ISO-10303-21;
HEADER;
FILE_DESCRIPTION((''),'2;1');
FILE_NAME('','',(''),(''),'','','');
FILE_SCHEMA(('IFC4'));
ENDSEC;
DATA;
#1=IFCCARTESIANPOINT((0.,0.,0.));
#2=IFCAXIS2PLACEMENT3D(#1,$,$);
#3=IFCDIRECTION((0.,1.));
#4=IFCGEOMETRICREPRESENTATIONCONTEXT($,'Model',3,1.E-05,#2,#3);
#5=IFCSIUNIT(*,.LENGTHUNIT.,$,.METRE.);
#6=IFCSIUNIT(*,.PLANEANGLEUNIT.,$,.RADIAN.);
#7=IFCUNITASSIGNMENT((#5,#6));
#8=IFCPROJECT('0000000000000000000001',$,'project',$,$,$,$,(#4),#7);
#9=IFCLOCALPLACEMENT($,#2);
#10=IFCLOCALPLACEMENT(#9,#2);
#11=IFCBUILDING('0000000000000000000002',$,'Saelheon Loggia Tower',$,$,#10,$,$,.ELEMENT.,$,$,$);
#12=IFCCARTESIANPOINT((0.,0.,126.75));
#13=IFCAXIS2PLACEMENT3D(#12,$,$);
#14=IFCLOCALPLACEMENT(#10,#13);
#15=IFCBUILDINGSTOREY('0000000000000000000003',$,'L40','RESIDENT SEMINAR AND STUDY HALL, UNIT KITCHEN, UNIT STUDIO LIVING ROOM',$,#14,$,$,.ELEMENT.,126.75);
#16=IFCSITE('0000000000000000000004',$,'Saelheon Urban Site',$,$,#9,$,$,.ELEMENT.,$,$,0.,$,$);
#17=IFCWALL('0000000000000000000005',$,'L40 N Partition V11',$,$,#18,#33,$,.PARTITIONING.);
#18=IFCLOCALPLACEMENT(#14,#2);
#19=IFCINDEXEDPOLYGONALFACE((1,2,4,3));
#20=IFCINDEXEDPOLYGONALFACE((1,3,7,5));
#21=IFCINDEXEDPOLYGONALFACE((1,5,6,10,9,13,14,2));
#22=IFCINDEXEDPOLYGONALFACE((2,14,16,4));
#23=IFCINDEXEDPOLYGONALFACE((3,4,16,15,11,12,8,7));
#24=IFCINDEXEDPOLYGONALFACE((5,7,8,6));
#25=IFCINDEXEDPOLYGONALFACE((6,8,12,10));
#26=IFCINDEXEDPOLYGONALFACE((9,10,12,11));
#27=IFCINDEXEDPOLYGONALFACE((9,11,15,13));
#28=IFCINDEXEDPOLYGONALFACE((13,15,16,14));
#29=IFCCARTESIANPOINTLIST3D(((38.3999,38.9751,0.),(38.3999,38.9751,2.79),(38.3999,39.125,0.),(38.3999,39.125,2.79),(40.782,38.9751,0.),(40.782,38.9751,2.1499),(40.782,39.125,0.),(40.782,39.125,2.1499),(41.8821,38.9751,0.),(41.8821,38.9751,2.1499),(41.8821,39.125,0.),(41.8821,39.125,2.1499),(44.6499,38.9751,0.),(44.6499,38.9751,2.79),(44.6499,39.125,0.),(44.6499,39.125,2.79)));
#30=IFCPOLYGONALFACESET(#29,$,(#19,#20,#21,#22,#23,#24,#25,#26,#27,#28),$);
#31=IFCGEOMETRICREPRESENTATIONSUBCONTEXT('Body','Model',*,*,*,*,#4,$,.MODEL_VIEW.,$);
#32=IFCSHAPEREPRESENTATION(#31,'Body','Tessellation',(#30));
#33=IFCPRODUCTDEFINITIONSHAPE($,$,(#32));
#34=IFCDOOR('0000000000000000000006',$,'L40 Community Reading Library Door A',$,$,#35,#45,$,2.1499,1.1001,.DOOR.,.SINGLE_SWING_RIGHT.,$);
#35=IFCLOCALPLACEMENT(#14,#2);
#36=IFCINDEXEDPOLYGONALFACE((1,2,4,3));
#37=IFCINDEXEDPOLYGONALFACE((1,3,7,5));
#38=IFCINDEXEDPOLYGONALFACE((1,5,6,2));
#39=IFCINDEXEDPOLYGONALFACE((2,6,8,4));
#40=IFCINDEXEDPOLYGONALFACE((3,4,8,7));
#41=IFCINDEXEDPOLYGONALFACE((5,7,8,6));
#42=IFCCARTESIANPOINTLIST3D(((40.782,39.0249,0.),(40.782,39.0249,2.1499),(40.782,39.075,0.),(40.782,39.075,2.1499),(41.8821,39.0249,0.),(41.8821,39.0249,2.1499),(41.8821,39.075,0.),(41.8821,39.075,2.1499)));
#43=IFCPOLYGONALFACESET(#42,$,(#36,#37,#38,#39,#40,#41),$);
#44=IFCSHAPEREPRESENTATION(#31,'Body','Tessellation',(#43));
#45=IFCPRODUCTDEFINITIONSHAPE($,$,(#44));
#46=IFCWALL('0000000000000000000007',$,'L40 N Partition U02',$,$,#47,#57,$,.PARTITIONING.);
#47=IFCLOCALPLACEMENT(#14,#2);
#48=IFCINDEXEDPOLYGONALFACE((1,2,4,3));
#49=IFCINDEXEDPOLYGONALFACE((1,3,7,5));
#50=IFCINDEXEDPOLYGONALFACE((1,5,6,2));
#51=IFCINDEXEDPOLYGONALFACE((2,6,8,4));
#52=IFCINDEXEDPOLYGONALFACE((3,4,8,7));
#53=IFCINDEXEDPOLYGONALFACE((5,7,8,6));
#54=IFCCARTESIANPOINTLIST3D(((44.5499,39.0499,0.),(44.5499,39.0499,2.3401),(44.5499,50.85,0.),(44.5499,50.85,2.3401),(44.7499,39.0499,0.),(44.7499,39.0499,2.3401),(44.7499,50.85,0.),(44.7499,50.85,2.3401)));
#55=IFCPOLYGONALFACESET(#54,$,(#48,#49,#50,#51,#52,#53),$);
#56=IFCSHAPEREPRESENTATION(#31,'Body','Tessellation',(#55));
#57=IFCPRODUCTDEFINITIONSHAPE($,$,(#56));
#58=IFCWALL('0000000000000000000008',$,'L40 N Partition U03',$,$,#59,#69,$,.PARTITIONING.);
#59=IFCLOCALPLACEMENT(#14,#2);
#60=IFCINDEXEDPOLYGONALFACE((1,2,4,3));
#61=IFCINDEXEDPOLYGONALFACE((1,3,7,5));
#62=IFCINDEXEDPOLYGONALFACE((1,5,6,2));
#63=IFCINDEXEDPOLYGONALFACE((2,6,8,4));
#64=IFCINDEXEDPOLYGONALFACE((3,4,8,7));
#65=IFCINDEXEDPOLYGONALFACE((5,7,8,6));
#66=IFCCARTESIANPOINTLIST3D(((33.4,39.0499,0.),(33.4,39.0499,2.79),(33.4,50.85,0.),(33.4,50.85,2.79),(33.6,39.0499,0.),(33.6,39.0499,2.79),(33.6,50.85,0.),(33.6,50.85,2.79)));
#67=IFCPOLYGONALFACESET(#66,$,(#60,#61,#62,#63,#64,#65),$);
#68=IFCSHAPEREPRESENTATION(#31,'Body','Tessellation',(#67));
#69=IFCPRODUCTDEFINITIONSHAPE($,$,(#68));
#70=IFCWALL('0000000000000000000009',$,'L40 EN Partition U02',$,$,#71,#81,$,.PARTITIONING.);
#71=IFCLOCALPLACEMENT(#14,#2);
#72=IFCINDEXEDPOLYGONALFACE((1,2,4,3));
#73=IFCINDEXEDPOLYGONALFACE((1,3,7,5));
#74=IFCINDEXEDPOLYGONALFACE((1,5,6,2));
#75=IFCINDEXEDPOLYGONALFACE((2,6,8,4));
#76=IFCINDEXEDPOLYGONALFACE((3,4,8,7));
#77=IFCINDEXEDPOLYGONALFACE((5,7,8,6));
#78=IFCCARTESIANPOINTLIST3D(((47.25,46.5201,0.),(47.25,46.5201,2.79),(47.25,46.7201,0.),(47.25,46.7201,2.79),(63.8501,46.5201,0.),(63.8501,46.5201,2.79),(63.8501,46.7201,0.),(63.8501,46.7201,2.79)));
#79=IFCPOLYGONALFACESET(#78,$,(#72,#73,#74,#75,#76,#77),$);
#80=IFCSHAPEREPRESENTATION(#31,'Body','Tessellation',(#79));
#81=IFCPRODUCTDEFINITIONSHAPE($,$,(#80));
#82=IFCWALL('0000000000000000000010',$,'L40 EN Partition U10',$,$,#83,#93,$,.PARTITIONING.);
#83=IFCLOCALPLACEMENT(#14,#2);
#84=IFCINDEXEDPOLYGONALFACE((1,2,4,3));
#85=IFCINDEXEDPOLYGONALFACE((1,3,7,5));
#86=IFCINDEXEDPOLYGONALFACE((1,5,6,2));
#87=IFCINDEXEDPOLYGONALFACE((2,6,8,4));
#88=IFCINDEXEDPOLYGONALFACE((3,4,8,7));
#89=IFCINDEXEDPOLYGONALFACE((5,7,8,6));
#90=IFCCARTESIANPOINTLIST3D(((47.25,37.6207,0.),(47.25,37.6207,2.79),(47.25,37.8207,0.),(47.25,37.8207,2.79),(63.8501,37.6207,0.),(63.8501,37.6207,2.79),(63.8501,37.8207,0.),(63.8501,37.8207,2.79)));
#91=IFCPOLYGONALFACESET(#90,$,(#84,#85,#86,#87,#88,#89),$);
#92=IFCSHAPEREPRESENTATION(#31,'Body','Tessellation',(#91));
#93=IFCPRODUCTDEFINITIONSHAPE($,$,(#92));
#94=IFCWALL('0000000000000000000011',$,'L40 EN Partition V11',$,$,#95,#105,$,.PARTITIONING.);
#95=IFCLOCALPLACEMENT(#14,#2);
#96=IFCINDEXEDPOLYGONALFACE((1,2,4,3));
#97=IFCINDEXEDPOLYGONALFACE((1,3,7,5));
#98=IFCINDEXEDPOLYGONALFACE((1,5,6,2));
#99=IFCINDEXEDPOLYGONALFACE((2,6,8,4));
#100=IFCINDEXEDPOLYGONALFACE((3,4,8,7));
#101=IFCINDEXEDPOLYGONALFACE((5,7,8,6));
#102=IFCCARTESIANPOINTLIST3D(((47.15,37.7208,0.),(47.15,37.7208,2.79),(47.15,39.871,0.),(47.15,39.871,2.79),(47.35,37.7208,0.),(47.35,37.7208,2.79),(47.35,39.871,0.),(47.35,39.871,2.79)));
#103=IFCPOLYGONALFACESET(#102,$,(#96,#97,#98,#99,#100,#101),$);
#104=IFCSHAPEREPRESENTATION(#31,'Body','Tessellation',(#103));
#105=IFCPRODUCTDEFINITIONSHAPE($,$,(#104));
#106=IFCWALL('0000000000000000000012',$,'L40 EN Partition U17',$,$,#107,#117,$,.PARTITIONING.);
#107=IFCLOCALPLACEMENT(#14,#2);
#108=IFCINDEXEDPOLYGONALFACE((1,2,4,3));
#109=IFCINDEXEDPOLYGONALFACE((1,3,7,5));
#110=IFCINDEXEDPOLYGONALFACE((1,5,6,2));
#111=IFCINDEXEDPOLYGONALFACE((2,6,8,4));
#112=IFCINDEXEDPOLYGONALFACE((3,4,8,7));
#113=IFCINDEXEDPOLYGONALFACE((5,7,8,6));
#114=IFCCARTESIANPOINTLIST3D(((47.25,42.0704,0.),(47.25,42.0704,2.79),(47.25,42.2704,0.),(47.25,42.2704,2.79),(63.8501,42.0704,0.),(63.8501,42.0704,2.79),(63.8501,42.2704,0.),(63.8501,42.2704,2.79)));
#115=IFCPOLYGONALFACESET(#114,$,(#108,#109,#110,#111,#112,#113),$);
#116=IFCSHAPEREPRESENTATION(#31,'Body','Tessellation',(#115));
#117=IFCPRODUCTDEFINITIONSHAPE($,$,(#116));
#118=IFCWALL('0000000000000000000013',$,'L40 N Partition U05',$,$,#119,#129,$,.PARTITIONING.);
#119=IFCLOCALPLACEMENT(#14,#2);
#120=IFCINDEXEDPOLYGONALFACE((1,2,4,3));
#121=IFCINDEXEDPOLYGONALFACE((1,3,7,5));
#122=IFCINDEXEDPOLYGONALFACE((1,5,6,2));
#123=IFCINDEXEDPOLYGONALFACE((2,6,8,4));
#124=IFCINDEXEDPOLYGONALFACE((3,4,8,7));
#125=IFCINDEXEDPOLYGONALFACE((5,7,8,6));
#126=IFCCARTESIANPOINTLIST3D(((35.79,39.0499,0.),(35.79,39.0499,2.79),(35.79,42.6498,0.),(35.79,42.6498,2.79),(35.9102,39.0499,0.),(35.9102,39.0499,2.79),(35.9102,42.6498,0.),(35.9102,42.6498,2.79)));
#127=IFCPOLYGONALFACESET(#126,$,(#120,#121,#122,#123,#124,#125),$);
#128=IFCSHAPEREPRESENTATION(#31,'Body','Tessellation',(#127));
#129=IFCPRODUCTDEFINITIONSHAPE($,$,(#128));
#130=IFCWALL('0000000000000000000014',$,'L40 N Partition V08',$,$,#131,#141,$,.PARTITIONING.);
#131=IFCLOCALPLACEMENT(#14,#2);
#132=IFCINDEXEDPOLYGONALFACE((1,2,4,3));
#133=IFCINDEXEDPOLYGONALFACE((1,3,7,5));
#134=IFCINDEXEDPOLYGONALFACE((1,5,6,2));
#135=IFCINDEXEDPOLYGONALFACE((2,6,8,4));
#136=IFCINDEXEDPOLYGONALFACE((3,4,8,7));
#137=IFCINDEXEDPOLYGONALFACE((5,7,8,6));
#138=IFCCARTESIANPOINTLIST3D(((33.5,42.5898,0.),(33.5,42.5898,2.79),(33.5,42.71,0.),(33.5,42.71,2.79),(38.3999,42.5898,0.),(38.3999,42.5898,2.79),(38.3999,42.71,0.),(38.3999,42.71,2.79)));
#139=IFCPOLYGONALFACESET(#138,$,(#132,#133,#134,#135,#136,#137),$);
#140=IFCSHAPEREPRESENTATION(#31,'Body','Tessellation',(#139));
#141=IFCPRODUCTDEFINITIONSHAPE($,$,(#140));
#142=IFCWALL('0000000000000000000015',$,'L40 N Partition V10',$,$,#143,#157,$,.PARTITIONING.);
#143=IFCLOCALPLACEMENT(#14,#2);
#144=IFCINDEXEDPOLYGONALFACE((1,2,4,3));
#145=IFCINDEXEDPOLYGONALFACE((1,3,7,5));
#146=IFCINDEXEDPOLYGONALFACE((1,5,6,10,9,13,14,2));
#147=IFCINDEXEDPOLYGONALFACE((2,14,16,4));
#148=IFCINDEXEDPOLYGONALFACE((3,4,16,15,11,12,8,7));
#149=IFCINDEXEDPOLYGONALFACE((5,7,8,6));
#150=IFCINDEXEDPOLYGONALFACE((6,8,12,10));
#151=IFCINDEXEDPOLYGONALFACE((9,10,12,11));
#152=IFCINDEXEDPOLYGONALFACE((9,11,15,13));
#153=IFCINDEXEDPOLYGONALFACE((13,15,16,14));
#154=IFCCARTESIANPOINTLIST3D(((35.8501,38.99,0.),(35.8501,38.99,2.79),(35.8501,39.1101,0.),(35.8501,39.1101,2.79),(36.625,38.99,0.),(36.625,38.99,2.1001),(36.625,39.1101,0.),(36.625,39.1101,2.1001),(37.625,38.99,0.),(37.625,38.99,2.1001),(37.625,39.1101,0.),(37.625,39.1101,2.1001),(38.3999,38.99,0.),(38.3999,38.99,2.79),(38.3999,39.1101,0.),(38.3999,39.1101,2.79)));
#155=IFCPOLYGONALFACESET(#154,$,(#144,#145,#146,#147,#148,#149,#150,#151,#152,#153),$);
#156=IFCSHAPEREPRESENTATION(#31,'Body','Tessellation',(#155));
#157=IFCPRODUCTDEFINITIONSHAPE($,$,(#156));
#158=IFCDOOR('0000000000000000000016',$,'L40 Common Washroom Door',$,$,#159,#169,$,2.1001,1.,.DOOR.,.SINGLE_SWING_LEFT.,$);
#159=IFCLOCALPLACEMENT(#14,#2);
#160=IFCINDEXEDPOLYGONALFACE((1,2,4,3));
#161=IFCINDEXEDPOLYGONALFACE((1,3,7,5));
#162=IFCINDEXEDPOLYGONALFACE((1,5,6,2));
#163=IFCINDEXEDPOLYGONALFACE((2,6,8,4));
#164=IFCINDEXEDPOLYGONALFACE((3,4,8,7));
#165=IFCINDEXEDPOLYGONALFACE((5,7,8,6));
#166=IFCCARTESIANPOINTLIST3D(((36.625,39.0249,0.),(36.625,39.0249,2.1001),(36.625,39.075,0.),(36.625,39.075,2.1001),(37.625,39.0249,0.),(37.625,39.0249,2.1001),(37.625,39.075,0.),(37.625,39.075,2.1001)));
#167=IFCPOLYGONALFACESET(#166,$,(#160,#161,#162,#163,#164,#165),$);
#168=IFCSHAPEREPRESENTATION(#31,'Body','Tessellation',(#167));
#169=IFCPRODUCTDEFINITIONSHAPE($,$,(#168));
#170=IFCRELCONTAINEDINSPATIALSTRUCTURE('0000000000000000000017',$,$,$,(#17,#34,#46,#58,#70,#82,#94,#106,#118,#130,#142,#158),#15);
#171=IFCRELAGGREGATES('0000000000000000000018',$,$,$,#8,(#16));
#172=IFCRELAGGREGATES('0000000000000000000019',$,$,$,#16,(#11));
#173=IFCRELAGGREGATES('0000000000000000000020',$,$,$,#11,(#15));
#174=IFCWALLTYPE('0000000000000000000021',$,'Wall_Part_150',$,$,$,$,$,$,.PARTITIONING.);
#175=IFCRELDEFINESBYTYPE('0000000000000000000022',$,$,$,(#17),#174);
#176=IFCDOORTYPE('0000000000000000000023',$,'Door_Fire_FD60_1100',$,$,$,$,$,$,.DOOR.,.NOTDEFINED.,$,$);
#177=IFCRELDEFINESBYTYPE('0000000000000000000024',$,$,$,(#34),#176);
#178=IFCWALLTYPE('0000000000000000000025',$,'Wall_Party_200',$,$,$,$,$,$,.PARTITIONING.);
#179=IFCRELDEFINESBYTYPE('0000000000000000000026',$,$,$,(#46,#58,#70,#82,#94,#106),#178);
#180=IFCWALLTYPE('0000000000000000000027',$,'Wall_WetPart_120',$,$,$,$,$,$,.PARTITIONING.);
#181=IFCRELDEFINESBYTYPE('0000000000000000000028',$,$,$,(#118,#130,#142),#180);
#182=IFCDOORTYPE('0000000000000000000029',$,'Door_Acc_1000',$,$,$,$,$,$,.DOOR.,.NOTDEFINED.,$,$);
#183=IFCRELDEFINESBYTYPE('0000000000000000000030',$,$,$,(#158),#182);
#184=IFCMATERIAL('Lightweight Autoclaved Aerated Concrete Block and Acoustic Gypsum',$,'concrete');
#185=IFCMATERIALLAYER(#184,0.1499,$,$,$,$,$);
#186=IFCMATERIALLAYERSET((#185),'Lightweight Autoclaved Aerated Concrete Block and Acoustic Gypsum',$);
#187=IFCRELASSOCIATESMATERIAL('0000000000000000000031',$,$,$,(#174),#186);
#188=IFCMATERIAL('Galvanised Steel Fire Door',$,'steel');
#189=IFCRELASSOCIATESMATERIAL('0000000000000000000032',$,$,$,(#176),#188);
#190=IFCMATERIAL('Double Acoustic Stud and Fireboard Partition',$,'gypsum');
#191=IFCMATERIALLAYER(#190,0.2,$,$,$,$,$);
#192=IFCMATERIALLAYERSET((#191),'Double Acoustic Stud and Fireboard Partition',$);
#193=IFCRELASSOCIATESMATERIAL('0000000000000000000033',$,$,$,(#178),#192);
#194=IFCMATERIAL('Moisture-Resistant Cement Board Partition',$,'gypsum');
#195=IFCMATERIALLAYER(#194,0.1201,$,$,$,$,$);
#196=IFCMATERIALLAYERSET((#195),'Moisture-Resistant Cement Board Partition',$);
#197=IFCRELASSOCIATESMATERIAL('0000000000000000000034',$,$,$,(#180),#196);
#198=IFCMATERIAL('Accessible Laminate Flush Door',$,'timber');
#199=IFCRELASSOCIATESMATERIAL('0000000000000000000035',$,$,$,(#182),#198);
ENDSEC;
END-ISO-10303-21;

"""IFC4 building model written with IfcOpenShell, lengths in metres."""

from ifc_helpers import new_model, si_unit, direction, frame, frame_2d, origin, place, context, subcontext, project, spatial, rectangle, extrude, source, transform, mapped, material, layer, layer_set, type_object, element, fill, save


model = new_model("IFC4")

# Units and contexts
model_context = context("Model", 3, precision=1e-05, world=origin(), true_north=direction((0.0, 1.0)))
body_context = subcontext(model_context, "Body", "Model", "MODEL_VIEW")
ifc_project = project(units=[si_unit("LENGTHUNIT", "METRE"), si_unit("PLANEANGLEUNIT", "RADIAN")], contexts=[model_context])

# Site, building, storey
site_placement = place(None, origin())
site = spatial("IfcSite", under=ifc_project, at=site_placement, Name="Saelheon Urban Site", CompositionType="ELEMENT", RefElevation=0.0)
building_placement = place(site_placement, origin())
building = spatial("IfcBuilding", under=site, at=building_placement, Name="Saelheon Loggia Tower", CompositionType="ELEMENT")
storey_placement = place(building_placement, frame((0.0, 0.0, 126.75)))
storey = spatial("IfcBuildingStorey", under=building, at=storey_placement, Name="L40", Description="RESIDENT SEMINAR AND STUDY HALL, UNIT KITCHEN, UNIT STUDIO LIVING ROOM", CompositionType="ELEMENT", Elevation=126.75)

# Shared definitions
ifc_material_1 = material(Name="Lightweight Autoclaved Aerated Concrete Block and Acoustic Gypsum", Category="concrete")
ifc_layer_1 = layer(ifc_material_1, 0.1499)
ifc_layer_set_1 = layer_set([ifc_layer_1], Name="Lightweight Autoclaved Aerated Concrete Block and Acoustic Gypsum")
wall_type_1 = type_object("IfcWallType", Name="Wall_Part_150", PredefinedType="PARTITIONING", material=ifc_layer_set_1)

# Wall, opening, door
wall_1_placement = place(storey_placement, frame((38.3999, 39.05, 0.0), z_axis=(0.0, 0.0, 1.0), x_axis=(1.0, 0.0, 0.0)))
wall_1 = element("IfcWall", 1, at=wall_1_placement, inside=storey, type_object=wall_type_1, Name="L40 N Partition V11", PredefinedType="PARTITIONING", context=body_context, shape_type="SweptSolid", body=[
    extrude(rectangle(XDim=6.25, YDim=0.1499, at=frame_2d((3.125, 0.0))), origin(), (0.0, 0.0, 1.0), 2.79),
])
opening_1_placement = place(wall_1_placement, frame((2.3821, 0.0, 0.0)))
opening_1 = element("IfcOpeningElement", 2, at=opening_1_placement, cuts=wall_1, PredefinedType="OPENING", context=body_context, shape_type="SweptSolid", body=[
    extrude(rectangle(XDim=1.1001, YDim=2.1499, at=frame_2d((0.55, 1.075))), frame((0.0, 0.0869, 0.0), z_axis=(0.0, -1.0, 0.0), x_axis=(1.0, 0.0, 0.0)), (0.0, 0.0, 1.0), 0.1738),
])
ifc_material_2 = material(Name="Galvanised Steel Fire Door", Category="steel")
door_type_1 = type_object("IfcDoorType", Name="Door_Fire_FD60_1100", OperationType="NOTDEFINED", PredefinedType="DOOR", material=ifc_material_2)
shared_shape_1 = source(origin(), body_context, "Body", "SweptSolid", [
    extrude(rectangle(XDim=1.1001, YDim=2.1499, at=frame_2d((0.55, 1.075))), frame((0.0, 0.0249, 0.0), z_axis=(0.0, -1.0, 0.0), x_axis=(1.0, 0.0, 0.0)), (0.0, 0.0, 1.0), 0.05),
])
door_1_placement = place(opening_1_placement, origin())
door_1 = element("IfcDoor", 3, at=door_1_placement, inside=storey, type_object=door_type_1, Name="L40 Community Reading Library Door A", OperationType="SINGLE_SWING_RIGHT", OverallHeight=2.1499, OverallWidth=1.1001, PredefinedType="DOOR", context=body_context, shape_type="MappedRepresentation", body=[
    mapped(shared_shape_1, transform((0.0, 0.0, 0.0), scale=1.0)),
])
fill(opening_1, door_1)

# Walls
ifc_material_3 = material(Name="Double Acoustic Stud and Fireboard Partition", Category="gypsum")
ifc_layer_2 = layer(ifc_material_3, 0.2)
ifc_layer_set_2 = layer_set([ifc_layer_2], Name="Double Acoustic Stud and Fireboard Partition")
wall_type_2 = type_object("IfcWallType", Name="Wall_Party_200", PredefinedType="PARTITIONING", material=ifc_layer_set_2)
wall_2_placement = place(storey_placement, frame((44.6499, 39.05, 0.0), z_axis=(0.0, 0.0, 1.0), x_axis=(0.0, 1.0, 0.0)))
element("IfcWall", 4, at=wall_2_placement, inside=storey, type_object=wall_type_2, Name="L40 N Partition U02", PredefinedType="PARTITIONING", context=body_context, shape_type="SweptSolid", body=[
    extrude(rectangle(XDim=11.8, YDim=0.2, at=frame_2d((5.8999, 0.0))), origin(), (0.0, 0.0, 1.0), 2.3401),
])
wall_3_placement = place(storey_placement, frame((33.5, 39.05, 0.0), z_axis=(0.0, 0.0, 1.0), x_axis=(0.0, 1.0, 0.0)))
element("IfcWall", 5, at=wall_3_placement, inside=storey, type_object=wall_type_2, Name="L40 N Partition U03", PredefinedType="PARTITIONING", context=body_context, shape_type="SweptSolid", body=[
    extrude(rectangle(XDim=11.8, YDim=0.2, at=frame_2d((5.8999, 0.0))), origin(), (0.0, 0.0, 1.0), 2.79),
])
for number, where, z_axis, x_axis, name in (
    (6, (47.25, 46.6201, 0.0), (0.0, 0.0, 1.0), (1.0, 0.0, 0.0), "L40 EN Partition U02"),
    (7, (47.25, 37.7207, 0.0), (0.0, 0.0, 1.0), (1.0, 0.0, 0.0), "L40 EN Partition U10"),
):
    element("IfcWall", number, at=place(storey_placement, frame(where, z_axis=z_axis, x_axis=x_axis)), inside=storey, type_object=wall_type_2, Name=name, PredefinedType="PARTITIONING", context=body_context, shape_type="SweptSolid", body=[
        extrude(rectangle(XDim=16.6001, YDim=0.2, at=frame_2d((8.3, 0.0))), origin(), (0.0, 0.0, 1.0), 2.79),
    ])
wall_4_placement = place(storey_placement, frame((47.25, 37.7207, 0.0), z_axis=(0.0, 0.0, 1.0), x_axis=(0.0, 1.0, 0.0)))
element("IfcWall", 8, at=wall_4_placement, inside=storey, type_object=wall_type_2, Name="L40 EN Partition V11", PredefinedType="PARTITIONING", context=body_context, shape_type="SweptSolid", body=[
    extrude(rectangle(XDim=2.1501, YDim=0.2, at=frame_2d((1.0752, 0.0))), origin(), (0.0, 0.0, 1.0), 2.79),
])

# Walls
wall_5_placement = place(storey_placement, frame((47.25, 42.1704, 0.0), z_axis=(0.0, 0.0, 1.0), x_axis=(1.0, 0.0, 0.0)))
element("IfcWall", 9, at=wall_5_placement, inside=storey, type_object=wall_type_2, Name="L40 EN Partition U17", PredefinedType="PARTITIONING", context=body_context, shape_type="SweptSolid", body=[
    extrude(rectangle(XDim=16.6001, YDim=0.2, at=frame_2d((8.3, 0.0))), origin(), (0.0, 0.0, 1.0), 2.79),
])
ifc_material_4 = material(Name="Moisture-Resistant Cement Board Partition", Category="gypsum")
ifc_layer_3 = layer(ifc_material_4, 0.1201)
ifc_layer_set_3 = layer_set([ifc_layer_3], Name="Moisture-Resistant Cement Board Partition")
wall_type_3 = type_object("IfcWallType", Name="Wall_WetPart_120", PredefinedType="PARTITIONING", material=ifc_layer_set_3)
wall_6_placement = place(storey_placement, frame((35.8501, 39.05, 0.0), z_axis=(0.0, 0.0, 1.0), x_axis=(0.0, 1.0, 0.0)))
element("IfcWall", 10, at=wall_6_placement, inside=storey, type_object=wall_type_3, Name="L40 N Partition U05", PredefinedType="PARTITIONING", context=body_context, shape_type="SweptSolid", body=[
    extrude(rectangle(XDim=3.5999, YDim=0.1201, at=frame_2d((1.7998, 0.0))), origin(), (0.0, 0.0, 1.0), 2.79),
])
wall_7_placement = place(storey_placement, frame((33.5, 42.6499, 0.0), z_axis=(0.0, 0.0, 1.0), x_axis=(1.0, 0.0, 0.0)))
element("IfcWall", 11, at=wall_7_placement, inside=storey, type_object=wall_type_3, Name="L40 N Partition V08", PredefinedType="PARTITIONING", context=body_context, shape_type="SweptSolid", body=[
    extrude(rectangle(XDim=4.8999, YDim=0.1201, at=frame_2d((2.45, 0.0))), origin(), (0.0, 0.0, 1.0), 2.79),
])

# Wall, opening, door
wall_8_placement = place(storey_placement, frame((35.8501, 39.05, 0.0), z_axis=(0.0, 0.0, 1.0), x_axis=(1.0, 0.0, 0.0)))
wall_8 = element("IfcWall", 12, at=wall_8_placement, inside=storey, type_object=wall_type_3, Name="L40 N Partition V10", PredefinedType="PARTITIONING", context=body_context, shape_type="SweptSolid", body=[
    extrude(rectangle(XDim=2.5498, YDim=0.1201, at=frame_2d((1.2749, 0.0))), origin(), (0.0, 0.0, 1.0), 2.79),
])
opening_2_placement = place(wall_8_placement, frame((0.7749, 0.0, 0.0)))
opening_2 = element("IfcOpeningElement", 13, at=opening_2_placement, cuts=wall_8, PredefinedType="OPENING", context=body_context, shape_type="SweptSolid", body=[
    extrude(rectangle(XDim=1.0, YDim=2.1001, at=frame_2d((0.5, 1.05))), frame((0.0, 0.072, 0.0), z_axis=(0.0, -1.0, 0.0), x_axis=(1.0, 0.0, 0.0)), (0.0, 0.0, 1.0), 0.144),
])
ifc_material_5 = material(Name="Accessible Laminate Flush Door", Category="timber")
door_type_2 = type_object("IfcDoorType", Name="Door_Acc_1000", OperationType="NOTDEFINED", PredefinedType="DOOR", material=ifc_material_5)
shared_shape_2 = source(origin(), body_context, "Body", "SweptSolid", [
    extrude(rectangle(XDim=1.0, YDim=2.1001, at=frame_2d((0.5, 1.05))), frame((0.0, 0.0249, 0.0), z_axis=(0.0, -1.0, 0.0), x_axis=(1.0, 0.0, 0.0)), (0.0, 0.0, 1.0), 0.05),
])
door_2_placement = place(opening_2_placement, origin())
door_2 = element("IfcDoor", 14, at=door_2_placement, inside=storey, type_object=door_type_2, Name="L40 Common Washroom Door", OperationType="SINGLE_SWING_LEFT", OverallHeight=2.1001, OverallWidth=1.0, PredefinedType="DOOR", context=body_context, shape_type="MappedRepresentation", body=[
    mapped(shared_shape_2, transform((0.0, 0.0, 0.0), scale=1.0)),
])
fill(opening_2, door_2)

save(model, "model.ifc")
